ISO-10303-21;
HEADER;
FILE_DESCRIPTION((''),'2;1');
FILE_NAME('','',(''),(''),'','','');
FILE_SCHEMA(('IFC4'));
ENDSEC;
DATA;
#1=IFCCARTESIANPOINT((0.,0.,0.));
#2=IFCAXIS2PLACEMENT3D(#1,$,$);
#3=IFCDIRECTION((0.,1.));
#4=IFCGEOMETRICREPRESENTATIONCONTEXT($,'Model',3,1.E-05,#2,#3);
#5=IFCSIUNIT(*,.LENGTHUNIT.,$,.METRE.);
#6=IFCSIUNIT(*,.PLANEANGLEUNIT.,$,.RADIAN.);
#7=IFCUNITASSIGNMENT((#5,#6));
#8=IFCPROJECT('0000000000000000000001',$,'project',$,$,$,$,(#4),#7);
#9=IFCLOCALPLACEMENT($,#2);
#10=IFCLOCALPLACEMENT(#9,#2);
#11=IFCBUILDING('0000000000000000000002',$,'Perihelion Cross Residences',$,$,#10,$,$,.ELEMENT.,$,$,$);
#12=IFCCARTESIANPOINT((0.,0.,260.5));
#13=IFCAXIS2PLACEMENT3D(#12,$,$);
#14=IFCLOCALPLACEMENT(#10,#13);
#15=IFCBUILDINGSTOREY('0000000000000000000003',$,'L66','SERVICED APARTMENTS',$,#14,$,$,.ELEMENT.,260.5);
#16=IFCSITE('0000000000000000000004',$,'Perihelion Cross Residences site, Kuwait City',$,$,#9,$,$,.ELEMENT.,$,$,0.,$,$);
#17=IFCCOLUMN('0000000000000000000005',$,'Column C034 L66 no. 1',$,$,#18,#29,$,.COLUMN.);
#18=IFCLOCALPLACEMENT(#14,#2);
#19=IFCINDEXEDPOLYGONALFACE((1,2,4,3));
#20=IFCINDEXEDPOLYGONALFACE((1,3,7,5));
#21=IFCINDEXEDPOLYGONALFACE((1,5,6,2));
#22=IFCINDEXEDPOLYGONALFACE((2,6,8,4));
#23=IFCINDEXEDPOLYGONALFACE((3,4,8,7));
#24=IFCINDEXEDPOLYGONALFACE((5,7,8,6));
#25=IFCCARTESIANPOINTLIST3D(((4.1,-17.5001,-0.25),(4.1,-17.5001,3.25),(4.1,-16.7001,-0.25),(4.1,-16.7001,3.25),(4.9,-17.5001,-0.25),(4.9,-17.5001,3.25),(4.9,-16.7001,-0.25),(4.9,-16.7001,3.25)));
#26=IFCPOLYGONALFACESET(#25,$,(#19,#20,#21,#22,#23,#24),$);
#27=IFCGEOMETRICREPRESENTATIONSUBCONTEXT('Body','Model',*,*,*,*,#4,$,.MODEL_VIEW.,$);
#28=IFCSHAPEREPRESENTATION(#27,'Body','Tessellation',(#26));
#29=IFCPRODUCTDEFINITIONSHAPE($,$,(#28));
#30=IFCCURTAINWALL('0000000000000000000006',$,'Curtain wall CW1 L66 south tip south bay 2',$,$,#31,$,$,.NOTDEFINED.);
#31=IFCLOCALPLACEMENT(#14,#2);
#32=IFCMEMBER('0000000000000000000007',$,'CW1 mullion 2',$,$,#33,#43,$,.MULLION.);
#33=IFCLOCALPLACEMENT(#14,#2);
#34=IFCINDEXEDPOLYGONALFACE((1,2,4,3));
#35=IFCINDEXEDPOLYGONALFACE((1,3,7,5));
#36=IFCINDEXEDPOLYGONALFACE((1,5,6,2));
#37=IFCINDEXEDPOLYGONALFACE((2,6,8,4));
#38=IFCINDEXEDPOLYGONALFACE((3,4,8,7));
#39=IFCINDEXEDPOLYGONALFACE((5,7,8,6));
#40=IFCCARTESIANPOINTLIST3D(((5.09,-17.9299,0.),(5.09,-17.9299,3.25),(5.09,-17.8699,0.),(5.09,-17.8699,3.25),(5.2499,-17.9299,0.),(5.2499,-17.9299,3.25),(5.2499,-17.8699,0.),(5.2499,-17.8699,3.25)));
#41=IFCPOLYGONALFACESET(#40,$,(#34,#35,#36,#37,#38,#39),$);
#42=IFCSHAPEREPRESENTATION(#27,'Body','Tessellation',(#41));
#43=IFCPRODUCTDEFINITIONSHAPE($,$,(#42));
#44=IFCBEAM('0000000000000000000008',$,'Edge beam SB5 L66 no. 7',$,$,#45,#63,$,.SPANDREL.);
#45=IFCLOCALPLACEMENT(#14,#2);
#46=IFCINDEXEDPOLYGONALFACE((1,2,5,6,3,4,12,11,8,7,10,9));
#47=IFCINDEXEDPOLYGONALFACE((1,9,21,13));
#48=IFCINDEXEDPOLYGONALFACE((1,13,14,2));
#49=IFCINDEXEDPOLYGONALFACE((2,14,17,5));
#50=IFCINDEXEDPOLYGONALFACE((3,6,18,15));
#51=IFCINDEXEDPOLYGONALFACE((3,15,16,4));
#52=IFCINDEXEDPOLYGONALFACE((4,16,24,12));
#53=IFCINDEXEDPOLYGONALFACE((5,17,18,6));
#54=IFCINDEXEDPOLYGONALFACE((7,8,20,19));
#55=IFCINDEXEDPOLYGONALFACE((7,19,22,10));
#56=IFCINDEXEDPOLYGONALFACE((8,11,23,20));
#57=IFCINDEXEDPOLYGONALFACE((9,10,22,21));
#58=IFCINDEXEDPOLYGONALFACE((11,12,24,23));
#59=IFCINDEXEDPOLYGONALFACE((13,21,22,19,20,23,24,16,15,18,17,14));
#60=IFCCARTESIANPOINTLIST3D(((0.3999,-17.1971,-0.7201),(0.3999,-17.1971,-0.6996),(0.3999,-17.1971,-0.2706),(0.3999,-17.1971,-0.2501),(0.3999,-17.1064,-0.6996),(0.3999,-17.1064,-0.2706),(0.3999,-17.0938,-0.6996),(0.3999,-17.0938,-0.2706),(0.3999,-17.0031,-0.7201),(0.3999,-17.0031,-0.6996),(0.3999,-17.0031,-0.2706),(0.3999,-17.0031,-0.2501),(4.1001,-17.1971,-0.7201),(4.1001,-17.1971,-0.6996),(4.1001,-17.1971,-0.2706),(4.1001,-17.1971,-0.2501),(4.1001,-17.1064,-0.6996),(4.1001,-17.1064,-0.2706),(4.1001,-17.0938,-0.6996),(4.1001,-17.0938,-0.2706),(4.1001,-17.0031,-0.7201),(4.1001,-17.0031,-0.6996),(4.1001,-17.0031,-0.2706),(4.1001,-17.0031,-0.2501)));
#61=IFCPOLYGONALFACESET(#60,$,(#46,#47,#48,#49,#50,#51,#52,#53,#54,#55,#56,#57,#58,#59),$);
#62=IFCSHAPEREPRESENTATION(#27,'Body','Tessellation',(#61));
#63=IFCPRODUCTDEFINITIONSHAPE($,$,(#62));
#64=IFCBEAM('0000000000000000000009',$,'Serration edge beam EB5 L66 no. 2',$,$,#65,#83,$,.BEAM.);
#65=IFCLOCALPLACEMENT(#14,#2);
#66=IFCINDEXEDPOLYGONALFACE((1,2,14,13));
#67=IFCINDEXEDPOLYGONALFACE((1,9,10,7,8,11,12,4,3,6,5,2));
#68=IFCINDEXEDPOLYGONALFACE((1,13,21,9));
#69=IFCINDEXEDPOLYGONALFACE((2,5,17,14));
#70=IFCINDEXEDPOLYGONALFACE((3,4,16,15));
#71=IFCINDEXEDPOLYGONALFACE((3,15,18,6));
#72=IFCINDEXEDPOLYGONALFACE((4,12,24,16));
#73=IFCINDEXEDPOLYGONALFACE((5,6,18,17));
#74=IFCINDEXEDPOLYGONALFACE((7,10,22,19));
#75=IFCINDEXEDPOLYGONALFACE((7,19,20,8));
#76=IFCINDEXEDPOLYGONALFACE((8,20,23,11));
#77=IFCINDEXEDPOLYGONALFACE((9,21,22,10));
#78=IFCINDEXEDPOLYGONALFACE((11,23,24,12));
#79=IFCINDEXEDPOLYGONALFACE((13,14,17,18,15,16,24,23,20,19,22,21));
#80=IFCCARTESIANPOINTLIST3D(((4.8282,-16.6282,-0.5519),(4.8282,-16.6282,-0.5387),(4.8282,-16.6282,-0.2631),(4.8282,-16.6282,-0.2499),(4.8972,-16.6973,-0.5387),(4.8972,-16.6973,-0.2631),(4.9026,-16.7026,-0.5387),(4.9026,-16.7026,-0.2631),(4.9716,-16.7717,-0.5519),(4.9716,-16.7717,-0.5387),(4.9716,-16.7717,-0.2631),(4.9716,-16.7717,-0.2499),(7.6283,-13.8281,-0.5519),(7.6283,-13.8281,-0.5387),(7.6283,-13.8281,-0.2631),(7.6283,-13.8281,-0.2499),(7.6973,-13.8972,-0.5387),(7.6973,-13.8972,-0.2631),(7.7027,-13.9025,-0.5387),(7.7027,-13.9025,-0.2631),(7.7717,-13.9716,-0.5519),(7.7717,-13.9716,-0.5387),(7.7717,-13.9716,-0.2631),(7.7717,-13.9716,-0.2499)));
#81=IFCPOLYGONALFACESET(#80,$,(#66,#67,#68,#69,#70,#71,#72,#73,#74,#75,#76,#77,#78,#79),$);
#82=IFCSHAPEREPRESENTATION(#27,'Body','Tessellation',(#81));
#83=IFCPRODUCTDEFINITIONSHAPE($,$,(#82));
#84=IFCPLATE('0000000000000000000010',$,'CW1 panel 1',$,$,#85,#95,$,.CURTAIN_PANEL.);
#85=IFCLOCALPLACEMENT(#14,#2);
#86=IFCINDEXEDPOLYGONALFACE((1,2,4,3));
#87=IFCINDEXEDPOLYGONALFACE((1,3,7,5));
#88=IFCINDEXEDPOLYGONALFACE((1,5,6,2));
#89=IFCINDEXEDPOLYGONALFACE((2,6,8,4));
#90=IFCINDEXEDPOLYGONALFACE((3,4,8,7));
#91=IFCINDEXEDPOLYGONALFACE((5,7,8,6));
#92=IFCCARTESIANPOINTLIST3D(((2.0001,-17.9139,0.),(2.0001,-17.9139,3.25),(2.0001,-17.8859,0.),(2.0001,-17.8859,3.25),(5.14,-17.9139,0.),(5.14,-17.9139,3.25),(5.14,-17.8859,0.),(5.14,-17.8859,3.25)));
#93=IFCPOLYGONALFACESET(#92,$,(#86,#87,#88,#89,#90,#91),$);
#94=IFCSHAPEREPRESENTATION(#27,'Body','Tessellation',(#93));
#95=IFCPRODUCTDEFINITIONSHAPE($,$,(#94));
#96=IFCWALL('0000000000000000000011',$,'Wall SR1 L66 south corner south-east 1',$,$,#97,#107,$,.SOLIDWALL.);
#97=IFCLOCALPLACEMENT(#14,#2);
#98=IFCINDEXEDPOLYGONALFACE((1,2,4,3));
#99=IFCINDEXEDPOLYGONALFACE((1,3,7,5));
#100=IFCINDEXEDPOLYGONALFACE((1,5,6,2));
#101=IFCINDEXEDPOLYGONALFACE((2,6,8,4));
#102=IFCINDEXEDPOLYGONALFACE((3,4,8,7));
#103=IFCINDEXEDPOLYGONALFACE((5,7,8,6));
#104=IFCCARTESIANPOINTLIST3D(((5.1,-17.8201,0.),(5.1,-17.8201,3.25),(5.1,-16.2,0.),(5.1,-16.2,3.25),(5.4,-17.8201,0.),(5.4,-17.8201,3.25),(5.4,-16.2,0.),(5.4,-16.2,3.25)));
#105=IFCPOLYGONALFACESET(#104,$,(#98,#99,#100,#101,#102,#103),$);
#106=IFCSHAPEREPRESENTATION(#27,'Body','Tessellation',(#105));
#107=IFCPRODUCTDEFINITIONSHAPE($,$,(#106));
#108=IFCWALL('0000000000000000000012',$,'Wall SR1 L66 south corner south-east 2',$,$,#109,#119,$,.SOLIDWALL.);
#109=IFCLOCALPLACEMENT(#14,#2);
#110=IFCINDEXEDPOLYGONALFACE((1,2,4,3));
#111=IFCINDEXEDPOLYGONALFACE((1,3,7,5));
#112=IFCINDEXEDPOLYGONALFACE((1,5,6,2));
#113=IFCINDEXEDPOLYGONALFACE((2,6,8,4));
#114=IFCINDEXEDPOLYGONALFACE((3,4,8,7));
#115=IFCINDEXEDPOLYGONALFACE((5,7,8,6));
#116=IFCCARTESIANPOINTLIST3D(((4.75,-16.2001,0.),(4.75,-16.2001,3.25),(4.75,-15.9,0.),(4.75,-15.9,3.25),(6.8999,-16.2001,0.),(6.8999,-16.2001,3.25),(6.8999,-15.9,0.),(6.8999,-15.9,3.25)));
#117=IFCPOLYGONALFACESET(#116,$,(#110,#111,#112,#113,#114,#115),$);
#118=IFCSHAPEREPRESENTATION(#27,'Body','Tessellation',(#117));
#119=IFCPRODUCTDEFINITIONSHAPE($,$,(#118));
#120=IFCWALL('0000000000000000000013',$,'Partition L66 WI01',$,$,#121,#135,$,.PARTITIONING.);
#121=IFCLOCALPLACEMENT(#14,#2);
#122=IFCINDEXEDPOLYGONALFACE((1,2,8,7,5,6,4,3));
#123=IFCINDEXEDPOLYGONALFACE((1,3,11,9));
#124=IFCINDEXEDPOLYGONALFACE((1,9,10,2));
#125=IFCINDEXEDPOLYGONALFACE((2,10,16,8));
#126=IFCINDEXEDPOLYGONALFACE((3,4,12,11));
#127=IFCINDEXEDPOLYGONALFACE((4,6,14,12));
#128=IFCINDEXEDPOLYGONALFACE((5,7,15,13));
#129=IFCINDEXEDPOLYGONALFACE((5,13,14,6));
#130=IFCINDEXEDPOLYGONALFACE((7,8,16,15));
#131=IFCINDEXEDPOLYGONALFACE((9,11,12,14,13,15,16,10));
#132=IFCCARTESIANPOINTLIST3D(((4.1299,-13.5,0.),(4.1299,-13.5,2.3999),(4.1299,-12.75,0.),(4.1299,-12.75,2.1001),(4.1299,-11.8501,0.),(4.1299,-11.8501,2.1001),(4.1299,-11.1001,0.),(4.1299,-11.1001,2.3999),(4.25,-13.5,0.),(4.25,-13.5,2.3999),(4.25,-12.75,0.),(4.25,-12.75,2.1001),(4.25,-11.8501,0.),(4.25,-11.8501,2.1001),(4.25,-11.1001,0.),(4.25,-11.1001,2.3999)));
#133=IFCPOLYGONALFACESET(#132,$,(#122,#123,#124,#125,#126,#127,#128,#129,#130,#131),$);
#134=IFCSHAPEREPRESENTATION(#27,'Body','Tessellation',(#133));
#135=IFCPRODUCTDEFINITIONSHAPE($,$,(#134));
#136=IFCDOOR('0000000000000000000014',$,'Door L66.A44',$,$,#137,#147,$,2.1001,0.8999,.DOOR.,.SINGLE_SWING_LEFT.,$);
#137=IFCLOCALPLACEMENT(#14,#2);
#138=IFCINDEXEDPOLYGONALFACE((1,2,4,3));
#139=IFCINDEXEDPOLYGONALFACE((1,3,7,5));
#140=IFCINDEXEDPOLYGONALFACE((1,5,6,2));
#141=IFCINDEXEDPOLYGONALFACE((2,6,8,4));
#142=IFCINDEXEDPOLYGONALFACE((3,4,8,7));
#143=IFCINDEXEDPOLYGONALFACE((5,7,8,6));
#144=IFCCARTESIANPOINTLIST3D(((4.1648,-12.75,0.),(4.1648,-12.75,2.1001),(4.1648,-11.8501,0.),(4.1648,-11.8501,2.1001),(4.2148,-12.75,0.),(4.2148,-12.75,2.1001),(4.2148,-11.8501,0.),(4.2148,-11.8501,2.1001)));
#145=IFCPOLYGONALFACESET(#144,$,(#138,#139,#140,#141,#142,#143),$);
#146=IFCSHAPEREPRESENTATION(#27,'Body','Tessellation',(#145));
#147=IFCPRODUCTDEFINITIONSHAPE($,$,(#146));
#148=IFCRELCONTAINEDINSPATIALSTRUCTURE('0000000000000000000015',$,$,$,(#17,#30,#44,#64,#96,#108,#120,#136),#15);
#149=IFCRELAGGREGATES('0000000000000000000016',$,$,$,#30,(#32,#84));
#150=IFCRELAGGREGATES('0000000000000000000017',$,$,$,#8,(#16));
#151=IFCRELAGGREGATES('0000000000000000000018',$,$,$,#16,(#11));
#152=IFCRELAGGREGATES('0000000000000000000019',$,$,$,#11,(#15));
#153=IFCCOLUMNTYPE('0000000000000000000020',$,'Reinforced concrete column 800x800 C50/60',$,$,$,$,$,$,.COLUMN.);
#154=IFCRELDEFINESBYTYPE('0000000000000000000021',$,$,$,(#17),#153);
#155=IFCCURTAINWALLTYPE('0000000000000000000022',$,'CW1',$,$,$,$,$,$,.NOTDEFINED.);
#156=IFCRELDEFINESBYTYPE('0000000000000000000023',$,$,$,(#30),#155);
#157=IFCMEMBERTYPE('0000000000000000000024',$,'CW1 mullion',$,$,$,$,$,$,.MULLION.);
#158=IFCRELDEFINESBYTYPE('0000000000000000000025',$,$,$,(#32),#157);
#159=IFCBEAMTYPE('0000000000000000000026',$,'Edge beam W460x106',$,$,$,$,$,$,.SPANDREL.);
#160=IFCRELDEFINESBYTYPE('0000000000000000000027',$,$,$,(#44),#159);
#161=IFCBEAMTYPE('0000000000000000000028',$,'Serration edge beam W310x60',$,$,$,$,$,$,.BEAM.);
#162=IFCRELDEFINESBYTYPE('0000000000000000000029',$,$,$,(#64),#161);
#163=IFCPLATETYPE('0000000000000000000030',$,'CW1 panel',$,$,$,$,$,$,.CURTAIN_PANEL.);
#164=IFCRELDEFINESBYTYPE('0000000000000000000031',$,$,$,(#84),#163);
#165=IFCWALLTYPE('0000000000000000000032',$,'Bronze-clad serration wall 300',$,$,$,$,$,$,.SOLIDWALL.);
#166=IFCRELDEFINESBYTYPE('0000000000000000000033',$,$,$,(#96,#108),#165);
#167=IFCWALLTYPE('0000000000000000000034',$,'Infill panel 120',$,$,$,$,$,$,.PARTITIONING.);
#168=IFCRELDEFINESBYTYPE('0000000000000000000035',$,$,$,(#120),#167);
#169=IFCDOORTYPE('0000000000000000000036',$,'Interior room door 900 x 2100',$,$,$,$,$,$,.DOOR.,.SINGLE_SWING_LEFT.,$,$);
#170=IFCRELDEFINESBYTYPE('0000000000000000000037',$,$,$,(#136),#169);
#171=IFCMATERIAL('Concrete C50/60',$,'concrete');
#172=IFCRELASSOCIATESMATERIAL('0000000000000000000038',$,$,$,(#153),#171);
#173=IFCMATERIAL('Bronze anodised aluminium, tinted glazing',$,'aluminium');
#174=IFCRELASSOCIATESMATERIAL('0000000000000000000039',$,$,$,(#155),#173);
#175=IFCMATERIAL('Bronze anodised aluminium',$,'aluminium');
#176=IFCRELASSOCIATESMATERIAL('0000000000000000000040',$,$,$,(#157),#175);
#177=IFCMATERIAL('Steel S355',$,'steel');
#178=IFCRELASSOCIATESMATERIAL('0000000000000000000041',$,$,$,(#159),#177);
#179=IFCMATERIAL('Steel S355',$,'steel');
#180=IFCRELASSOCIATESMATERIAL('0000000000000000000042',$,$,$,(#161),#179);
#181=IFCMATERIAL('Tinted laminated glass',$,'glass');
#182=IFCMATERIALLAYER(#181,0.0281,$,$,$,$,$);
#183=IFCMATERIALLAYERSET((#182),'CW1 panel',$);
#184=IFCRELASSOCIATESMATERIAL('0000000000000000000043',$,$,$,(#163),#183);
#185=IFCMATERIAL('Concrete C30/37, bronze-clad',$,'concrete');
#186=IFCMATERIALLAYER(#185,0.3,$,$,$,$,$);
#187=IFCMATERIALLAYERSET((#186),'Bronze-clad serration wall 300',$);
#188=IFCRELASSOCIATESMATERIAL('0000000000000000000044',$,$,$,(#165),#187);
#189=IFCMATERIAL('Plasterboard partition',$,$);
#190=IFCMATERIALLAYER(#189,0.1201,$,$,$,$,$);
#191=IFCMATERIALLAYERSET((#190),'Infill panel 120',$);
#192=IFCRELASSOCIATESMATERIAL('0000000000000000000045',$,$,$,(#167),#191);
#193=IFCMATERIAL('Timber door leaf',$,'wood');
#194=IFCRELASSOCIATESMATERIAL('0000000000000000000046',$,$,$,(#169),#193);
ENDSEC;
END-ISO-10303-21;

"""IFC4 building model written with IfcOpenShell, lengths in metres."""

from ifc_helpers import new_model, si_unit, direction, frame, frame_2d, origin, origin_2d, place, context, subcontext, project, spatial, rectangle, i_section, extrude, material, layer, layer_set, material_profile, profile_set, type_object, element, fill, aggregate, save


model = new_model("IFC4")

# Units and contexts
model_context = context("Model", 3, precision=1e-05, world=origin(), true_north=direction((0.0, 1.0)))
body_context = subcontext(model_context, "Body", "Model", "MODEL_VIEW")
ifc_project = project(units=[si_unit("LENGTHUNIT", "METRE"), si_unit("PLANEANGLEUNIT", "RADIAN")], contexts=[model_context])

# Site, building, storey
site_placement = place(None, origin())
site = spatial("IfcSite", under=ifc_project, at=site_placement, Name="Perihelion Cross Residences site, Kuwait City", CompositionType="ELEMENT", RefElevation=0.0)
building_placement = place(site_placement, origin())
building = spatial("IfcBuilding", under=site, at=building_placement, Name="Perihelion Cross Residences", CompositionType="ELEMENT")
storey_placement = place(building_placement, frame((0.0, 0.0, 260.5)))
storey = spatial("IfcBuildingStorey", under=building, at=storey_placement, Name="L66", Description="SERVICED APARTMENTS", CompositionType="ELEMENT", Elevation=260.5)

# Column
ifc_material_1 = material(Name="Concrete C50/60", Category="concrete")
ifc_material_profile_1 = material_profile(ifc_material_1, rectangle(XDim=0.8, YDim=0.8, at=origin_2d()), Name="RC 800x800")
ifc_profile_set_1 = profile_set([ifc_material_profile_1], Name="Concrete C50/60")
column_type = type_object("IfcColumnType", Name="Reinforced concrete column 800x800 C50/60", PredefinedType="COLUMN", material=ifc_profile_set_1)
column_placement = place(storey_placement, frame((4.5, -17.1001, -0.25), z_axis=(0.0, 0.0, 1.0), x_axis=(1.0, 0.0, 0.0)))
element("IfcColumn", 1, at=column_placement, inside=storey, type_object=column_type, Name="Column C034 L66 no. 1", PredefinedType="COLUMN", context=body_context, shape_type="SweptSolid", body=[
    extrude(rectangle(XDim=0.8, YDim=0.8, at=origin_2d()), origin(), (0.0, 0.0, 1.0), 3.5),
])

# Curtain wall, member
ifc_material_2 = material(Name="Bronze anodised aluminium, tinted glazing", Category="aluminium")
curtain_wall_type = type_object("IfcCurtainWallType", Name="CW1", PredefinedType="NOTDEFINED", material=ifc_material_2)
curtain_wall_placement = place(storey_placement, origin())
curtain_wall = element("IfcCurtainWall", 2, at=curtain_wall_placement, inside=storey, type_object=curtain_wall_type, Name="Curtain wall CW1 L66 south tip south bay 2", PredefinedType="NOTDEFINED")
ifc_material_3 = material(Name="Bronze anodised aluminium", Category="aluminium")
ifc_material_profile_2 = material_profile(ifc_material_3, rectangle(XDim=0.0601, YDim=0.1599, at=origin_2d()), Name="CW1 mullion")
ifc_profile_set_2 = profile_set([ifc_material_profile_2], Name="Bronze anodised aluminium")
member_type = type_object("IfcMemberType", Name="CW1 mullion", PredefinedType="MULLION", material=ifc_profile_set_2)
member_placement = place(storey_placement, frame((5.1699, -17.8999, 0.0), z_axis=(0.0, 0.0, 1.0), x_axis=(0.0, 1.0, 0.0)))
member = element("IfcMember", 3, at=member_placement, type_object=member_type, Name="CW1 mullion 2", PredefinedType="MULLION", context=body_context, shape_type="SweptSolid", body=[
    extrude(rectangle(XDim=0.0601, YDim=0.1599, at=origin_2d()), origin(), (0.0, 0.0, 1.0), 3.25),
])

# Beams
ifc_material_4 = material(Name="Steel S355", Category="steel")
ifc_material_profile_3 = material_profile(ifc_material_4, i_section(OverallWidth=0.1941, OverallDepth=0.47, WebThickness=0.0127, FlangeThickness=0.0205, at=origin_2d()), Name="W460x106")
ifc_profile_set_3 = profile_set([ifc_material_profile_3], Name="Steel S355")
beam_type_1 = type_object("IfcBeamType", Name="Edge beam W460x106", PredefinedType="SPANDREL", material=ifc_profile_set_3)
beam_1_placement = place(storey_placement, frame((0.3999, -17.1001, -0.4851), z_axis=(1.0, 0.0, 0.0), x_axis=(0.0, 1.0, 0.0)))
element("IfcBeam", 4, at=beam_1_placement, inside=storey, type_object=beam_type_1, Name="Edge beam SB5 L66 no. 7", PredefinedType="SPANDREL", context=body_context, shape_type="SweptSolid", body=[
    extrude(i_section(OverallWidth=0.1941, OverallDepth=0.47, WebThickness=0.0127, FlangeThickness=0.0205, at=origin_2d()), origin(), (0.0, 0.0, 1.0), 3.7002),
])
ifc_material_5 = material(Name="Steel S355", Category="steel")
ifc_material_profile_4 = material_profile(ifc_material_5, i_section(OverallWidth=0.2029, OverallDepth=0.302, WebThickness=0.0076, FlangeThickness=0.0132, at=origin_2d()), Name="W310x60")
ifc_profile_set_4 = profile_set([ifc_material_profile_4], Name="Steel S355")
beam_type_2 = type_object("IfcBeamType", Name="Serration edge beam W310x60", PredefinedType="BEAM", material=ifc_profile_set_4)
beam_2_placement = place(storey_placement, frame((4.8999, -16.7, -0.4009), z_axis=(0.707107, 0.707107, 0.0), x_axis=(-0.707107, 0.707107, 0.0)))
element("IfcBeam", 5, at=beam_2_placement, inside=storey, type_object=beam_type_2, Name="Serration edge beam EB5 L66 no. 2", PredefinedType="BEAM", context=body_context, shape_type="SweptSolid", body=[
    extrude(i_section(OverallWidth=0.2029, OverallDepth=0.302, WebThickness=0.0076, FlangeThickness=0.0132, at=origin_2d()), origin(), (0.0, 0.0, 1.0), 3.96),
])

# Plate
ifc_material_6 = material(Name="Tinted laminated glass", Category="glass")
ifc_layer_1 = layer(ifc_material_6, 0.0281)
ifc_layer_set_1 = layer_set([ifc_layer_1], Name="CW1 panel")
plate_type = type_object("IfcPlateType", Name="CW1 panel", PredefinedType="CURTAIN_PANEL", material=ifc_layer_set_1)
plate_placement = place(storey_placement, frame((3.5701, -17.8999, 0.0), z_axis=(0.0, 0.0, 1.0), x_axis=(1.0, 0.0, 0.0)))
plate = element("IfcPlate", 6, at=plate_placement, type_object=plate_type, Name="CW1 panel 1", PredefinedType="CURTAIN_PANEL", context=body_context, shape_type="SweptSolid", body=[
    extrude(rectangle(XDim=3.1399, YDim=0.0281, at=origin_2d()), origin(), (0.0, 0.0, 1.0), 3.25),
])
aggregate(curtain_wall, [member, plate])

# Walls
ifc_material_7 = material(Name="Concrete C30/37, bronze-clad", Category="concrete")
ifc_layer_2 = layer(ifc_material_7, 0.3)
ifc_layer_set_2 = layer_set([ifc_layer_2], Name="Bronze-clad serration wall 300")
wall_type_1 = type_object("IfcWallType", Name="Bronze-clad serration wall 300", PredefinedType="SOLIDWALL", material=ifc_layer_set_2)
wall_1_placement = place(storey_placement, frame((5.25, -17.8201, 0.0), z_axis=(0.0, 0.0, 1.0), x_axis=(0.0, 1.0, 0.0)))
element("IfcWall", 7, at=wall_1_placement, inside=storey, type_object=wall_type_1, Name="Wall SR1 L66 south corner south-east 1", PredefinedType="SOLIDWALL", context=body_context, shape_type="SweptSolid", body=[
    extrude(rectangle(XDim=1.6201, YDim=0.3, at=frame_2d((0.8101, 0.0))), origin(), (0.0, 0.0, 1.0), 3.25),
])
wall_2_placement = place(storey_placement, frame((4.75, -16.05, 0.0), z_axis=(0.0, 0.0, 1.0), x_axis=(1.0, 0.0, 0.0)))
element("IfcWall", 8, at=wall_2_placement, inside=storey, type_object=wall_type_1, Name="Wall SR1 L66 south corner south-east 2", PredefinedType="SOLIDWALL", context=body_context, shape_type="SweptSolid", body=[
    extrude(rectangle(XDim=2.1499, YDim=0.3, at=frame_2d((1.075, 0.0))), origin(), (0.0, 0.0, 1.0), 3.25),
])

# Wall, opening, door
ifc_material_8 = material(Name="Plasterboard partition")
ifc_layer_3 = layer(ifc_material_8, 0.1201)
ifc_layer_set_3 = layer_set([ifc_layer_3], Name="Infill panel 120")
wall_type_2 = type_object("IfcWallType", Name="Infill panel 120", PredefinedType="PARTITIONING", material=ifc_layer_set_3)
wall_3_placement = place(storey_placement, frame((4.1899, -11.1001, 0.0), z_axis=(0.0, 0.0, 1.0), x_axis=(0.0, -1.0, 0.0)))
wall_3 = element("IfcWall", 9, at=wall_3_placement, inside=storey, type_object=wall_type_2, Name="Partition L66 WI01", PredefinedType="PARTITIONING", context=body_context, shape_type="SweptSolid", body=[
    extrude(rectangle(XDim=2.3999, YDim=0.1201, at=frame_2d((1.2, 0.0))), origin(), (0.0, 0.0, 1.0), 2.3999),
])
opening_1_placement = place(wall_3_placement, frame((0.75, 0.0, 0.0)))
opening_1 = element("IfcOpeningElement", 10, at=opening_1_placement, cuts=wall_3, PredefinedType="OPENING", context=body_context, shape_type="SweptSolid", body=[
    extrude(rectangle(XDim=0.8999, YDim=2.1001, at=frame_2d((0.45, 1.05))), frame((0.0, 0.0701, 0.0), z_axis=(0.0, -1.0, 0.0), x_axis=(1.0, 0.0, 0.0)), (0.0, 0.0, 1.0), 0.1401),
])
ifc_material_9 = material(Name="Timber door leaf", Category="wood")
door_type_1 = type_object("IfcDoorType", Name="Interior room door 900 x 2100", OperationType="SINGLE_SWING_LEFT", PredefinedType="DOOR", material=ifc_material_9)
door_1_placement = place(opening_1_placement, origin())
door_1 = element("IfcDoor", 11, at=door_1_placement, inside=storey, type_object=door_type_1, Name="Door L66.A44", OperationType="SINGLE_SWING_LEFT", OverallHeight=2.1001, OverallWidth=0.8999, PredefinedType="DOOR", context=body_context, shape_type="SweptSolid", body=[
    extrude(rectangle(XDim=0.8999, YDim=2.1001, at=frame_2d((0.45, 1.05))), frame((0.0, 0.0249, 0.0), z_axis=(0.0, -1.0, 0.0), x_axis=(1.0, 0.0, 0.0)), (0.0, 0.0, 1.0), 0.05),
])
fill(opening_1, door_1)

save(model, "model.ifc")
